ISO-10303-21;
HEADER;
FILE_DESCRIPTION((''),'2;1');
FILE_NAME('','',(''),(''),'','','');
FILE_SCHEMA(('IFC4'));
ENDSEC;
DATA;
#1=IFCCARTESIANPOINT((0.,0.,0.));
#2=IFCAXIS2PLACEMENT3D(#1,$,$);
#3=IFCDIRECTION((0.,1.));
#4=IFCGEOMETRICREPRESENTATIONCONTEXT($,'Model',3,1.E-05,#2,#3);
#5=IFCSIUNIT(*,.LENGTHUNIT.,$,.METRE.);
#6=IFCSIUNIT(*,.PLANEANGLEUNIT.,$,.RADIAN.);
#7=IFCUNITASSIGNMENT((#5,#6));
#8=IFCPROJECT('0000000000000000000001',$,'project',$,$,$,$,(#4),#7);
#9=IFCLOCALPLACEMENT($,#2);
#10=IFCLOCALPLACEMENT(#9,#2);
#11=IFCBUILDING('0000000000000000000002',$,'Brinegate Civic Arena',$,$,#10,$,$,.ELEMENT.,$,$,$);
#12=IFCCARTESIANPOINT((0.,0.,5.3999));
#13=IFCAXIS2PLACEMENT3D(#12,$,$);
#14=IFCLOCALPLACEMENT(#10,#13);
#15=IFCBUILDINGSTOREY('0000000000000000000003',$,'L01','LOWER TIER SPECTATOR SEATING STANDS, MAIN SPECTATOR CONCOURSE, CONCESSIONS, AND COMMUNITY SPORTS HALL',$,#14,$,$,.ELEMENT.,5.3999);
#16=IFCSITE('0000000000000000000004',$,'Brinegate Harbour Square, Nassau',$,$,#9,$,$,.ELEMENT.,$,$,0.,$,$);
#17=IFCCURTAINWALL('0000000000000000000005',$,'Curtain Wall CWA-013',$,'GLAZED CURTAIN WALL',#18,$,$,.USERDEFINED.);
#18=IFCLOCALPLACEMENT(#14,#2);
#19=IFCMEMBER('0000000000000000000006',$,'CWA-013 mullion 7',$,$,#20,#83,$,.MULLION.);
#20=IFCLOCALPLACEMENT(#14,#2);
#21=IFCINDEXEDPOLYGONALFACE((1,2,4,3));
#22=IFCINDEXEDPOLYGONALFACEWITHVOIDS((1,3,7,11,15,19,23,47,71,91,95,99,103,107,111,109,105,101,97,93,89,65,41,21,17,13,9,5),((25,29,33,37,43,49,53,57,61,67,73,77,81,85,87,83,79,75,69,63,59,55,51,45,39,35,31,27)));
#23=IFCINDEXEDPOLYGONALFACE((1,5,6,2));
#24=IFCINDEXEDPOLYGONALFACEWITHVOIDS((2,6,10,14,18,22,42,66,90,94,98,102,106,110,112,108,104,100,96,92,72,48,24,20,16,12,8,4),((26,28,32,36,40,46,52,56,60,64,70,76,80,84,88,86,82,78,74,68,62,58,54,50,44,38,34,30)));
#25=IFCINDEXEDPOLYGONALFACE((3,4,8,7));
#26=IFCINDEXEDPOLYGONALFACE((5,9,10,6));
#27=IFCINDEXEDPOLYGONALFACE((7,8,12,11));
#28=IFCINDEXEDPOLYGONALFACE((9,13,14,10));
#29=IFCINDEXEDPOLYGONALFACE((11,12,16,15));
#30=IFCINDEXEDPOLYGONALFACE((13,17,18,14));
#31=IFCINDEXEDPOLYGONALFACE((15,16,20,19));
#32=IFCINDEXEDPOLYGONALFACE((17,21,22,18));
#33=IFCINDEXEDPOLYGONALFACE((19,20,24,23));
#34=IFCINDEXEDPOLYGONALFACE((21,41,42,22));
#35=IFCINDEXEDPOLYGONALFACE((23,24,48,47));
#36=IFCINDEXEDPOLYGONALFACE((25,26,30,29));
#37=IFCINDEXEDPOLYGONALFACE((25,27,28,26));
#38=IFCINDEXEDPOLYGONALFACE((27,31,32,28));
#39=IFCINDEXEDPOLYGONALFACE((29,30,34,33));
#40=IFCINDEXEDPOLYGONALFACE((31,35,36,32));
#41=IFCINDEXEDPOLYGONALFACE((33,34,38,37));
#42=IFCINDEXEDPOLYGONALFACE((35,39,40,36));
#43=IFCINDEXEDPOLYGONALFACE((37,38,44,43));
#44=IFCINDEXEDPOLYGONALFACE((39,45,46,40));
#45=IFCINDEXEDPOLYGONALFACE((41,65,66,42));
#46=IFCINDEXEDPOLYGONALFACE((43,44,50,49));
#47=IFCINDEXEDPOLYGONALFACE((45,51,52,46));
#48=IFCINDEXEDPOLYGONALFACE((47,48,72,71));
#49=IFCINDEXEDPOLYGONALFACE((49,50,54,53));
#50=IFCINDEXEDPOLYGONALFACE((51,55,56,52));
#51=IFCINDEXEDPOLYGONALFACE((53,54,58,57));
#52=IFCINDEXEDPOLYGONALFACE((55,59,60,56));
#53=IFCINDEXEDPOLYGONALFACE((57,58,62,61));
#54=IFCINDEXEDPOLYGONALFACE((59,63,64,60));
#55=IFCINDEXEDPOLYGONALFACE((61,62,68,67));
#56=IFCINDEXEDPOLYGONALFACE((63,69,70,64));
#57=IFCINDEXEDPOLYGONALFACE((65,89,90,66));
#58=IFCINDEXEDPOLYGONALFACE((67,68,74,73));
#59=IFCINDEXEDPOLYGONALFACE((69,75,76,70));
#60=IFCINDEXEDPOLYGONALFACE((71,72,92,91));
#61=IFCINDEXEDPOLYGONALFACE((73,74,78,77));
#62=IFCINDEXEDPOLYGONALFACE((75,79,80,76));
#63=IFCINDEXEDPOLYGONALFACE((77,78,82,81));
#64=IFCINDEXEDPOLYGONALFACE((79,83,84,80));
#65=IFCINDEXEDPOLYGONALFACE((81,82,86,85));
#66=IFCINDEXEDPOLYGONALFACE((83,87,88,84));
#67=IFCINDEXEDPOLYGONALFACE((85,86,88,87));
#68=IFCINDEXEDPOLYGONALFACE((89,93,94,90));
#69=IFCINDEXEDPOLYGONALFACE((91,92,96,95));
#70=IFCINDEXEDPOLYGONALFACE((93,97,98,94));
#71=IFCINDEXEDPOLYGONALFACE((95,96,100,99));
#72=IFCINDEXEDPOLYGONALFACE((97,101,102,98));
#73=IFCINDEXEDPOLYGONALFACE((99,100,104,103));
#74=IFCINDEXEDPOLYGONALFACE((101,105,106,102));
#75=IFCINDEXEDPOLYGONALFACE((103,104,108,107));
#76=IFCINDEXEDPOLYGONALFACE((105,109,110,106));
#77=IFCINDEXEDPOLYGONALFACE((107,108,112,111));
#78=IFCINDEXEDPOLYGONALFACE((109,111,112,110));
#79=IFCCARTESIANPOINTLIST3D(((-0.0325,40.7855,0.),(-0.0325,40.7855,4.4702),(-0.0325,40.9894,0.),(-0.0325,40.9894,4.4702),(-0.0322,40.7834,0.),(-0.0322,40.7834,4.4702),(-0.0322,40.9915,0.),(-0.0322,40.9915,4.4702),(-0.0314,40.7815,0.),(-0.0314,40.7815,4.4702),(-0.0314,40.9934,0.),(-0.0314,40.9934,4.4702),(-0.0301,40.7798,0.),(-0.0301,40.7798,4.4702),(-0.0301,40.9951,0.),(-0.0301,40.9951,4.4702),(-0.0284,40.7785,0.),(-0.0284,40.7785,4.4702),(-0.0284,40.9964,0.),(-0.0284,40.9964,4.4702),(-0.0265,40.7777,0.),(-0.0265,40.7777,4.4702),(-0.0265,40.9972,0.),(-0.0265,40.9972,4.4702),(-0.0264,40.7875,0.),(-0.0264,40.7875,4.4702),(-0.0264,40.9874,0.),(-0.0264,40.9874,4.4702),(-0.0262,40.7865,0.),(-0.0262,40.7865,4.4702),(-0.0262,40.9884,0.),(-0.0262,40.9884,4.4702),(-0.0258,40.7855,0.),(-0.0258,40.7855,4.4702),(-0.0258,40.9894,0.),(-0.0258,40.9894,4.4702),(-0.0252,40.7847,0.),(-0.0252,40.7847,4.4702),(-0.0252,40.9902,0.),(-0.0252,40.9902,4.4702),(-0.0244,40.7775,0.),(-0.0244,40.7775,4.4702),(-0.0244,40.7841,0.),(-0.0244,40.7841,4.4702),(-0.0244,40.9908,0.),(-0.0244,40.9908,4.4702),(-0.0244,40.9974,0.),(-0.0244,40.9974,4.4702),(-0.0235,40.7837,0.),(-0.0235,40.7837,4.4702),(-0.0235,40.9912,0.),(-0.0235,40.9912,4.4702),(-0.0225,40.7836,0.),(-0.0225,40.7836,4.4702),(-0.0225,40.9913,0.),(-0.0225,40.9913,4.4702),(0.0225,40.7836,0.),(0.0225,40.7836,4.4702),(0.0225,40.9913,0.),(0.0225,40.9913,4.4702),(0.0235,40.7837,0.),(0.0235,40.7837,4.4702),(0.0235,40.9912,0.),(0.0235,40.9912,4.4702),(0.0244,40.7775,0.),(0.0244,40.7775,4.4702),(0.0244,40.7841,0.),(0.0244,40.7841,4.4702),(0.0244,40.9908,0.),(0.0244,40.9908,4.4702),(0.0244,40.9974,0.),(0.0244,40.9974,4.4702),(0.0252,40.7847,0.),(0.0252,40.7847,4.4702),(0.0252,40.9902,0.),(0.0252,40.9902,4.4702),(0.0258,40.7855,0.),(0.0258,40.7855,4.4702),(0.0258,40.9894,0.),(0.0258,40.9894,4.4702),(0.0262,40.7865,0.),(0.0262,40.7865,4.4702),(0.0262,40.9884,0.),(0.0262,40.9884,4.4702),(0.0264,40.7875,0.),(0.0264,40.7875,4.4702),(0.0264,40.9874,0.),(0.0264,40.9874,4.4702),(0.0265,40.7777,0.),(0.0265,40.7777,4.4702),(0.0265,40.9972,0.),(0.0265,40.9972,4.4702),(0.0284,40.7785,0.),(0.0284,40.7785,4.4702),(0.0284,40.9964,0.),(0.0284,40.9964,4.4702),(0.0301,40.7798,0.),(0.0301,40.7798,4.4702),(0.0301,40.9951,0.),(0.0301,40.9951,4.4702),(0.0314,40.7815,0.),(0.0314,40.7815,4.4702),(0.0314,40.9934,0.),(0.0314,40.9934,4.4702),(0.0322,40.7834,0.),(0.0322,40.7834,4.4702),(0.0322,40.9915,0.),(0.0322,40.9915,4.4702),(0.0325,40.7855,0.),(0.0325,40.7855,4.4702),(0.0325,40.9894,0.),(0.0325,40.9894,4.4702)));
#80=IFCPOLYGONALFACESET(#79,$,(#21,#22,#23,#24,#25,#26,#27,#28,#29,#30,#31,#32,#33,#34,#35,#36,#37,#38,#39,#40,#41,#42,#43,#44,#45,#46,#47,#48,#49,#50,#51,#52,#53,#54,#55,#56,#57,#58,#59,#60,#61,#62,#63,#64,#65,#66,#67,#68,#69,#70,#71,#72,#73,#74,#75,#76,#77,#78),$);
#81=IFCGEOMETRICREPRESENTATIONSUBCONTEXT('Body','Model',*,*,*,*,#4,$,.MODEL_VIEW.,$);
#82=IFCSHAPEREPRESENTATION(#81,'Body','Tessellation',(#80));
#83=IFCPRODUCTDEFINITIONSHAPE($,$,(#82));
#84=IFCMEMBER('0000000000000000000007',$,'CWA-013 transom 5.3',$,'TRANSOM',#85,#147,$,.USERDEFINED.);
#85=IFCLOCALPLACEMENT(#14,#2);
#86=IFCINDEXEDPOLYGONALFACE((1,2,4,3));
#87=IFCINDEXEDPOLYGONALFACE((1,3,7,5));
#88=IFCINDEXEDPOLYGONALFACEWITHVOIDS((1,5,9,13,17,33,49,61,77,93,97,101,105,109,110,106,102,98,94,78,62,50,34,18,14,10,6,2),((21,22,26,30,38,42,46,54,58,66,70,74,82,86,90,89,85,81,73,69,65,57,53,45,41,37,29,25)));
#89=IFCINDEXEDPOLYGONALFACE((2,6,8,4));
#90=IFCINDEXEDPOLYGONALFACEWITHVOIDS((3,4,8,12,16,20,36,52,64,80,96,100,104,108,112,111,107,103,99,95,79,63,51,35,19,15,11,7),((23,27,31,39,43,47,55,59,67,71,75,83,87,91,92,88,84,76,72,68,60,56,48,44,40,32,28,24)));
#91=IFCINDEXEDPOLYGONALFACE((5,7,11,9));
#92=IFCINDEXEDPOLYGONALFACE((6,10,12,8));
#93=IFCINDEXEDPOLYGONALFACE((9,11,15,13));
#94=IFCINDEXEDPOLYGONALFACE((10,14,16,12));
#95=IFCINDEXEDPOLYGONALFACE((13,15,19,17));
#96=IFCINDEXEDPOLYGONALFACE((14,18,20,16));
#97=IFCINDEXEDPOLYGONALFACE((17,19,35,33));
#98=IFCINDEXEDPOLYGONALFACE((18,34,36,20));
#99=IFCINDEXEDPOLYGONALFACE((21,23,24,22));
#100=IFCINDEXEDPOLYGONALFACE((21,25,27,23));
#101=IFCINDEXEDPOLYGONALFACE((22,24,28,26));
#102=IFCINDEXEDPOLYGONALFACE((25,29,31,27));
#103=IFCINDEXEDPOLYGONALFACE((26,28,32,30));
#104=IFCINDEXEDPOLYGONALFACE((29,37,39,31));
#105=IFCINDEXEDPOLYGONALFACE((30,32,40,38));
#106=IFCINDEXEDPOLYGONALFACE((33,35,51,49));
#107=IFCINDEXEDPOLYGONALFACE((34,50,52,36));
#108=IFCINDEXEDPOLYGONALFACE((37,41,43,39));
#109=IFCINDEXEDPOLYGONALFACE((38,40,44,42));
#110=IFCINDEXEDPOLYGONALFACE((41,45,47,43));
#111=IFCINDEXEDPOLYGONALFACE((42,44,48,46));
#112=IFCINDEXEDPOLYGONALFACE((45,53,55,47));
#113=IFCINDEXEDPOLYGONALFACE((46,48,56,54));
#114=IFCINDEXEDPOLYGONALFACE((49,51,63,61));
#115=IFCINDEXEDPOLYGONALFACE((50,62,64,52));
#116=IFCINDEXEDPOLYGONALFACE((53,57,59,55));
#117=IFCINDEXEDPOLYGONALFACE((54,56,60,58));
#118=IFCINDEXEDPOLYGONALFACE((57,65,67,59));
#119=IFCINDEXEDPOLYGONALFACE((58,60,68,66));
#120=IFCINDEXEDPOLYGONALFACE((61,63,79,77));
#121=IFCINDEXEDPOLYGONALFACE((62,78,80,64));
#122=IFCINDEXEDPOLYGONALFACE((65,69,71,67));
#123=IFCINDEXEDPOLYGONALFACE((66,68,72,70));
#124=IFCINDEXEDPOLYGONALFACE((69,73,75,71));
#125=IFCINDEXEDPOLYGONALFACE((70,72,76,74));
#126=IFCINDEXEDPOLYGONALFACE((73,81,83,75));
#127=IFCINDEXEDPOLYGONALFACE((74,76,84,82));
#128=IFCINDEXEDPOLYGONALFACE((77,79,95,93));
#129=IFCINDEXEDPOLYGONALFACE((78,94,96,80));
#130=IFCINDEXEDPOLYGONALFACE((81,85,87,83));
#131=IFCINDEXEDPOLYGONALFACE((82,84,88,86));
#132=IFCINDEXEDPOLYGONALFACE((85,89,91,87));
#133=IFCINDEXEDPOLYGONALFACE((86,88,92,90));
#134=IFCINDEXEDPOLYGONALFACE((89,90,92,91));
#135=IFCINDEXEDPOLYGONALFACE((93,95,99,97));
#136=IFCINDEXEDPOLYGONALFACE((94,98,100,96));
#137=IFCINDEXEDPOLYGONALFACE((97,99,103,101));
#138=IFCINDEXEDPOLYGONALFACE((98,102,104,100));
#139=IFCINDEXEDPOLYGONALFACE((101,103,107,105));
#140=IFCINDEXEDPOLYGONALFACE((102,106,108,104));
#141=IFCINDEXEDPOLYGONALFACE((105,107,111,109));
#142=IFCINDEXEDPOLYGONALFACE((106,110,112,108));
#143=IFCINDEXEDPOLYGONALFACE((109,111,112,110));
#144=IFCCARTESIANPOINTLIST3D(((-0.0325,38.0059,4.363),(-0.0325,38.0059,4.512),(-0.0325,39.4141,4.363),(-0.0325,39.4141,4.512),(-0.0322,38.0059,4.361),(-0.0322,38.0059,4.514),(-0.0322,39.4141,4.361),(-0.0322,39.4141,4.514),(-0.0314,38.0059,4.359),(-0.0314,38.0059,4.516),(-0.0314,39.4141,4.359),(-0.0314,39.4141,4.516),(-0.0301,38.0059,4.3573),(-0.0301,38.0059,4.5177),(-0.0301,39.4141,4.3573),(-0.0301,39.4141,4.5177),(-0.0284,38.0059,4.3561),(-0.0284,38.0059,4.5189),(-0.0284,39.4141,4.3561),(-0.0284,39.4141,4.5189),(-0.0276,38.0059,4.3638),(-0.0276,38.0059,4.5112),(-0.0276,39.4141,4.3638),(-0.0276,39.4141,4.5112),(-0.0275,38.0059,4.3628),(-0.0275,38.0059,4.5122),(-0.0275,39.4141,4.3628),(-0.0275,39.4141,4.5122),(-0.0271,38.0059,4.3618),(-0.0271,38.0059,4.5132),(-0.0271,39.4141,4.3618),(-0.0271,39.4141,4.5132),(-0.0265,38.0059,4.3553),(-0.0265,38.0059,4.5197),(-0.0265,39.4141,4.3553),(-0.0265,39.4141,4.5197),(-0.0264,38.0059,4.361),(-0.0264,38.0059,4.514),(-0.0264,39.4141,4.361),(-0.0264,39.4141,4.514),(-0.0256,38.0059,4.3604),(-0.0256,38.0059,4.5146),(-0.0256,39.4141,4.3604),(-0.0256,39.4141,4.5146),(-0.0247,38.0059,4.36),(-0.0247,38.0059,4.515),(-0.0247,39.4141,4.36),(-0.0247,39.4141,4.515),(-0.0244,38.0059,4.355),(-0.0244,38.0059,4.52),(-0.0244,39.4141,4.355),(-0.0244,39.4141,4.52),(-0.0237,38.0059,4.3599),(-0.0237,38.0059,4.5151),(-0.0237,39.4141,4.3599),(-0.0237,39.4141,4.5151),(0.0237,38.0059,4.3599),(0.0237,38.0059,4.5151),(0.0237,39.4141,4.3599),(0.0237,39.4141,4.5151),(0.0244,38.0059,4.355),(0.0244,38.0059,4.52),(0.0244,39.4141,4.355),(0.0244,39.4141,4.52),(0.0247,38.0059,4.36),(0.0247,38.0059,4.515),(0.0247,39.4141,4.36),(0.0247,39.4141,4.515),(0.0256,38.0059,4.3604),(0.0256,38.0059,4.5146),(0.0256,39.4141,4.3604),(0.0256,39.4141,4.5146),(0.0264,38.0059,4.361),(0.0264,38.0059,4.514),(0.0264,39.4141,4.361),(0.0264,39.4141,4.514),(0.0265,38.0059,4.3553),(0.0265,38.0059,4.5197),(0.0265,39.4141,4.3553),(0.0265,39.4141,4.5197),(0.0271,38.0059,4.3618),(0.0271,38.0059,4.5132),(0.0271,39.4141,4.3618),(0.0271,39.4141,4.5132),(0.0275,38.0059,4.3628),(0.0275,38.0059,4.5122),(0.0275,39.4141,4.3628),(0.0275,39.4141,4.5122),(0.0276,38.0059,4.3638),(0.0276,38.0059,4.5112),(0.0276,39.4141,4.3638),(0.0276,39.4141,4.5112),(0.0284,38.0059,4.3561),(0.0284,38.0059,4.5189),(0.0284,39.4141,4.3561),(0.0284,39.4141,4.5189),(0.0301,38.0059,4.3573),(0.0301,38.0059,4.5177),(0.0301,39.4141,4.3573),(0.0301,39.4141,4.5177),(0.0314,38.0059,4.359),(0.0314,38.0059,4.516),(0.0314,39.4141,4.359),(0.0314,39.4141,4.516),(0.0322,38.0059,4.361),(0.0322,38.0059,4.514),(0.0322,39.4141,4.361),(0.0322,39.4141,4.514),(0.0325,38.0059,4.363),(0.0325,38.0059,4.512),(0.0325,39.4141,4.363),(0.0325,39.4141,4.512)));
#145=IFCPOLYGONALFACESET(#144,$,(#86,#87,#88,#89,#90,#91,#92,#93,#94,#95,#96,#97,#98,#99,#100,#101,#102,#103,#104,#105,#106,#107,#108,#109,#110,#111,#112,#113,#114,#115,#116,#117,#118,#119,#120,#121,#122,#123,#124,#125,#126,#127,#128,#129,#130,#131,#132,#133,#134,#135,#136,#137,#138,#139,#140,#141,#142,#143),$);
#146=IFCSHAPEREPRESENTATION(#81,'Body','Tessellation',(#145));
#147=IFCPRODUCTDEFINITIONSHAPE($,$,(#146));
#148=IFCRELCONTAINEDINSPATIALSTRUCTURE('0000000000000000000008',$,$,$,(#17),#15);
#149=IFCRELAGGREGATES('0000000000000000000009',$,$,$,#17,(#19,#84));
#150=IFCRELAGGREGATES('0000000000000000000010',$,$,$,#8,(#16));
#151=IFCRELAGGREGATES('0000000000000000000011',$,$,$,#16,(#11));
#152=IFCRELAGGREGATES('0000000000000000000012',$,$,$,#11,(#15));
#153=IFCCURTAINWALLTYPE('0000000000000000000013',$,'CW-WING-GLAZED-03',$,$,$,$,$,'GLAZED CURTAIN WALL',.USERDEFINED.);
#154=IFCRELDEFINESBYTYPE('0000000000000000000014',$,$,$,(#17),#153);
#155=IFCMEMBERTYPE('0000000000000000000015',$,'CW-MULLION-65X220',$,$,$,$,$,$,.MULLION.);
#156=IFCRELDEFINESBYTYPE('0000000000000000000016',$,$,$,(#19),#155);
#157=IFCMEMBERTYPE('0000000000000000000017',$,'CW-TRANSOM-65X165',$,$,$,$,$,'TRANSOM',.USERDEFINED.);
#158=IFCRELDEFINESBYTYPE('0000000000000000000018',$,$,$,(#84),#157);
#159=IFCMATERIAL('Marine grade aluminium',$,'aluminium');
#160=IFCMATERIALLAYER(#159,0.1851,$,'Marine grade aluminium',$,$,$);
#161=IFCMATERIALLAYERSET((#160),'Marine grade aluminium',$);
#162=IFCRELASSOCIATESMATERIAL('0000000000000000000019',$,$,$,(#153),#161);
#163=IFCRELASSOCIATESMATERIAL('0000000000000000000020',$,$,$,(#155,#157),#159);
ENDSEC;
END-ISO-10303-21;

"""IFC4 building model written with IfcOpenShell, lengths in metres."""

from ifc_helpers import new_model, si_unit, direction, frame, origin, origin_2d, place, context, subcontext, project, spatial, hollow_rectangle, extrude, material, layer, layer_set, material_profile, profile_set, type_object, element, aggregate, save


model = new_model("IFC4")

# Units and contexts
model_context = context("Model", 3, precision=1e-05, world=origin(), true_north=direction((0.0, 1.0)))
body_context = subcontext(model_context, "Body", "Model", "MODEL_VIEW")
ifc_project = project(units=[si_unit("LENGTHUNIT", "METRE"), si_unit("PLANEANGLEUNIT", "RADIAN")], contexts=[model_context])

# Site, building, storey
site_placement = place(None, origin())
site = spatial("IfcSite", under=ifc_project, at=site_placement, Name="Brinegate Harbour Square, Nassau", CompositionType="ELEMENT", RefElevation=0.0)
building_placement = place(site_placement, origin())
building = spatial("IfcBuilding", under=site, at=building_placement, Name="Brinegate Civic Arena", CompositionType="ELEMENT")
storey_placement = place(building_placement, frame((0.0, 0.0, 5.3999)))
storey = spatial("IfcBuildingStorey", under=building, at=storey_placement, Name="L01", Description="LOWER TIER SPECTATOR SEATING STANDS, MAIN SPECTATOR CONCOURSE, CONCESSIONS, AND COMMUNITY SPORTS HALL", CompositionType="ELEMENT", Elevation=5.3999)

# Curtain wall, members
ifc_material_1 = material(Name="Marine grade aluminium", Category="aluminium")
ifc_layer_1 = layer(ifc_material_1, 0.1851, Name="Marine grade aluminium")
ifc_layer_set_1 = layer_set([ifc_layer_1], Name="Marine grade aluminium")
curtain_wall_type = type_object("IfcCurtainWallType", Name="CW-WING-GLAZED-03", ElementType="GLAZED CURTAIN WALL", PredefinedType="USERDEFINED", material=ifc_layer_set_1)
curtain_wall_placement = place(storey_placement, origin())
curtain_wall = element("IfcCurtainWall", 1, at=curtain_wall_placement, inside=storey, type_object=curtain_wall_type, Name="Curtain Wall CWA-013", ObjectType="GLAZED CURTAIN WALL", PredefinedType="USERDEFINED")
ifc_material_profile_1 = material_profile(ifc_material_1, hollow_rectangle(XDim=0.0649, YDim=0.22, WallThickness=0.0061, InnerFilletRadius=0.0039, OuterFilletRadius=0.0081, at=origin_2d()), Name="MUL65X220")
ifc_profile_set_1 = profile_set([ifc_material_profile_1], Name="Marine grade aluminium")
member_type_1 = type_object("IfcMemberType", Name="CW-MULLION-65X220", PredefinedType="MULLION", material=ifc_profile_set_1)
member_1_placement = place(storey_placement, frame((0.0, 40.8875, 0.0), z_axis=(0.0, 0.0, 1.0), x_axis=(-1.0, 0.0, 0.0)))
member_1 = element("IfcMember", 2, at=member_1_placement, type_object=member_type_1, Name="CWA-013 mullion 7", PredefinedType="MULLION", context=body_context, shape_type="SweptSolid", body=[
    extrude(hollow_rectangle(XDim=0.0649, YDim=0.22, WallThickness=0.0061, InnerFilletRadius=0.0039, OuterFilletRadius=0.0081, at=origin_2d()), origin(), (0.0, 0.0, 1.0), 4.4702),
])
ifc_material_profile_2 = material_profile(ifc_material_1, hollow_rectangle(XDim=0.0649, YDim=0.165, WallThickness=0.0049, InnerFilletRadius=0.0039, OuterFilletRadius=0.0081, at=origin_2d()), Name="TRN65X165")
ifc_profile_set_2 = profile_set([ifc_material_profile_2], Name="Marine grade aluminium")
member_type_2 = type_object("IfcMemberType", Name="CW-TRANSOM-65X165", ElementType="TRANSOM", PredefinedType="USERDEFINED", material=ifc_profile_set_2)
member_2_placement = place(storey_placement, frame((0.0, 38.0059, 4.4375), z_axis=(0.0, 1.0, 0.0), x_axis=(-1.0, 0.0, 0.0)))
member_2 = element("IfcMember", 3, at=member_2_placement, type_object=member_type_2, Name="CWA-013 transom 5.3", ObjectType="TRANSOM", PredefinedType="USERDEFINED", context=body_context, shape_type="SweptSolid", body=[
    extrude(hollow_rectangle(XDim=0.0649, YDim=0.165, WallThickness=0.0049, InnerFilletRadius=0.0039, OuterFilletRadius=0.0081, at=origin_2d()), origin(), (0.0, 0.0, 1.0), 1.4082),
])

aggregate(curtain_wall, [member_1, member_2])

save(model, "model.ifc")
